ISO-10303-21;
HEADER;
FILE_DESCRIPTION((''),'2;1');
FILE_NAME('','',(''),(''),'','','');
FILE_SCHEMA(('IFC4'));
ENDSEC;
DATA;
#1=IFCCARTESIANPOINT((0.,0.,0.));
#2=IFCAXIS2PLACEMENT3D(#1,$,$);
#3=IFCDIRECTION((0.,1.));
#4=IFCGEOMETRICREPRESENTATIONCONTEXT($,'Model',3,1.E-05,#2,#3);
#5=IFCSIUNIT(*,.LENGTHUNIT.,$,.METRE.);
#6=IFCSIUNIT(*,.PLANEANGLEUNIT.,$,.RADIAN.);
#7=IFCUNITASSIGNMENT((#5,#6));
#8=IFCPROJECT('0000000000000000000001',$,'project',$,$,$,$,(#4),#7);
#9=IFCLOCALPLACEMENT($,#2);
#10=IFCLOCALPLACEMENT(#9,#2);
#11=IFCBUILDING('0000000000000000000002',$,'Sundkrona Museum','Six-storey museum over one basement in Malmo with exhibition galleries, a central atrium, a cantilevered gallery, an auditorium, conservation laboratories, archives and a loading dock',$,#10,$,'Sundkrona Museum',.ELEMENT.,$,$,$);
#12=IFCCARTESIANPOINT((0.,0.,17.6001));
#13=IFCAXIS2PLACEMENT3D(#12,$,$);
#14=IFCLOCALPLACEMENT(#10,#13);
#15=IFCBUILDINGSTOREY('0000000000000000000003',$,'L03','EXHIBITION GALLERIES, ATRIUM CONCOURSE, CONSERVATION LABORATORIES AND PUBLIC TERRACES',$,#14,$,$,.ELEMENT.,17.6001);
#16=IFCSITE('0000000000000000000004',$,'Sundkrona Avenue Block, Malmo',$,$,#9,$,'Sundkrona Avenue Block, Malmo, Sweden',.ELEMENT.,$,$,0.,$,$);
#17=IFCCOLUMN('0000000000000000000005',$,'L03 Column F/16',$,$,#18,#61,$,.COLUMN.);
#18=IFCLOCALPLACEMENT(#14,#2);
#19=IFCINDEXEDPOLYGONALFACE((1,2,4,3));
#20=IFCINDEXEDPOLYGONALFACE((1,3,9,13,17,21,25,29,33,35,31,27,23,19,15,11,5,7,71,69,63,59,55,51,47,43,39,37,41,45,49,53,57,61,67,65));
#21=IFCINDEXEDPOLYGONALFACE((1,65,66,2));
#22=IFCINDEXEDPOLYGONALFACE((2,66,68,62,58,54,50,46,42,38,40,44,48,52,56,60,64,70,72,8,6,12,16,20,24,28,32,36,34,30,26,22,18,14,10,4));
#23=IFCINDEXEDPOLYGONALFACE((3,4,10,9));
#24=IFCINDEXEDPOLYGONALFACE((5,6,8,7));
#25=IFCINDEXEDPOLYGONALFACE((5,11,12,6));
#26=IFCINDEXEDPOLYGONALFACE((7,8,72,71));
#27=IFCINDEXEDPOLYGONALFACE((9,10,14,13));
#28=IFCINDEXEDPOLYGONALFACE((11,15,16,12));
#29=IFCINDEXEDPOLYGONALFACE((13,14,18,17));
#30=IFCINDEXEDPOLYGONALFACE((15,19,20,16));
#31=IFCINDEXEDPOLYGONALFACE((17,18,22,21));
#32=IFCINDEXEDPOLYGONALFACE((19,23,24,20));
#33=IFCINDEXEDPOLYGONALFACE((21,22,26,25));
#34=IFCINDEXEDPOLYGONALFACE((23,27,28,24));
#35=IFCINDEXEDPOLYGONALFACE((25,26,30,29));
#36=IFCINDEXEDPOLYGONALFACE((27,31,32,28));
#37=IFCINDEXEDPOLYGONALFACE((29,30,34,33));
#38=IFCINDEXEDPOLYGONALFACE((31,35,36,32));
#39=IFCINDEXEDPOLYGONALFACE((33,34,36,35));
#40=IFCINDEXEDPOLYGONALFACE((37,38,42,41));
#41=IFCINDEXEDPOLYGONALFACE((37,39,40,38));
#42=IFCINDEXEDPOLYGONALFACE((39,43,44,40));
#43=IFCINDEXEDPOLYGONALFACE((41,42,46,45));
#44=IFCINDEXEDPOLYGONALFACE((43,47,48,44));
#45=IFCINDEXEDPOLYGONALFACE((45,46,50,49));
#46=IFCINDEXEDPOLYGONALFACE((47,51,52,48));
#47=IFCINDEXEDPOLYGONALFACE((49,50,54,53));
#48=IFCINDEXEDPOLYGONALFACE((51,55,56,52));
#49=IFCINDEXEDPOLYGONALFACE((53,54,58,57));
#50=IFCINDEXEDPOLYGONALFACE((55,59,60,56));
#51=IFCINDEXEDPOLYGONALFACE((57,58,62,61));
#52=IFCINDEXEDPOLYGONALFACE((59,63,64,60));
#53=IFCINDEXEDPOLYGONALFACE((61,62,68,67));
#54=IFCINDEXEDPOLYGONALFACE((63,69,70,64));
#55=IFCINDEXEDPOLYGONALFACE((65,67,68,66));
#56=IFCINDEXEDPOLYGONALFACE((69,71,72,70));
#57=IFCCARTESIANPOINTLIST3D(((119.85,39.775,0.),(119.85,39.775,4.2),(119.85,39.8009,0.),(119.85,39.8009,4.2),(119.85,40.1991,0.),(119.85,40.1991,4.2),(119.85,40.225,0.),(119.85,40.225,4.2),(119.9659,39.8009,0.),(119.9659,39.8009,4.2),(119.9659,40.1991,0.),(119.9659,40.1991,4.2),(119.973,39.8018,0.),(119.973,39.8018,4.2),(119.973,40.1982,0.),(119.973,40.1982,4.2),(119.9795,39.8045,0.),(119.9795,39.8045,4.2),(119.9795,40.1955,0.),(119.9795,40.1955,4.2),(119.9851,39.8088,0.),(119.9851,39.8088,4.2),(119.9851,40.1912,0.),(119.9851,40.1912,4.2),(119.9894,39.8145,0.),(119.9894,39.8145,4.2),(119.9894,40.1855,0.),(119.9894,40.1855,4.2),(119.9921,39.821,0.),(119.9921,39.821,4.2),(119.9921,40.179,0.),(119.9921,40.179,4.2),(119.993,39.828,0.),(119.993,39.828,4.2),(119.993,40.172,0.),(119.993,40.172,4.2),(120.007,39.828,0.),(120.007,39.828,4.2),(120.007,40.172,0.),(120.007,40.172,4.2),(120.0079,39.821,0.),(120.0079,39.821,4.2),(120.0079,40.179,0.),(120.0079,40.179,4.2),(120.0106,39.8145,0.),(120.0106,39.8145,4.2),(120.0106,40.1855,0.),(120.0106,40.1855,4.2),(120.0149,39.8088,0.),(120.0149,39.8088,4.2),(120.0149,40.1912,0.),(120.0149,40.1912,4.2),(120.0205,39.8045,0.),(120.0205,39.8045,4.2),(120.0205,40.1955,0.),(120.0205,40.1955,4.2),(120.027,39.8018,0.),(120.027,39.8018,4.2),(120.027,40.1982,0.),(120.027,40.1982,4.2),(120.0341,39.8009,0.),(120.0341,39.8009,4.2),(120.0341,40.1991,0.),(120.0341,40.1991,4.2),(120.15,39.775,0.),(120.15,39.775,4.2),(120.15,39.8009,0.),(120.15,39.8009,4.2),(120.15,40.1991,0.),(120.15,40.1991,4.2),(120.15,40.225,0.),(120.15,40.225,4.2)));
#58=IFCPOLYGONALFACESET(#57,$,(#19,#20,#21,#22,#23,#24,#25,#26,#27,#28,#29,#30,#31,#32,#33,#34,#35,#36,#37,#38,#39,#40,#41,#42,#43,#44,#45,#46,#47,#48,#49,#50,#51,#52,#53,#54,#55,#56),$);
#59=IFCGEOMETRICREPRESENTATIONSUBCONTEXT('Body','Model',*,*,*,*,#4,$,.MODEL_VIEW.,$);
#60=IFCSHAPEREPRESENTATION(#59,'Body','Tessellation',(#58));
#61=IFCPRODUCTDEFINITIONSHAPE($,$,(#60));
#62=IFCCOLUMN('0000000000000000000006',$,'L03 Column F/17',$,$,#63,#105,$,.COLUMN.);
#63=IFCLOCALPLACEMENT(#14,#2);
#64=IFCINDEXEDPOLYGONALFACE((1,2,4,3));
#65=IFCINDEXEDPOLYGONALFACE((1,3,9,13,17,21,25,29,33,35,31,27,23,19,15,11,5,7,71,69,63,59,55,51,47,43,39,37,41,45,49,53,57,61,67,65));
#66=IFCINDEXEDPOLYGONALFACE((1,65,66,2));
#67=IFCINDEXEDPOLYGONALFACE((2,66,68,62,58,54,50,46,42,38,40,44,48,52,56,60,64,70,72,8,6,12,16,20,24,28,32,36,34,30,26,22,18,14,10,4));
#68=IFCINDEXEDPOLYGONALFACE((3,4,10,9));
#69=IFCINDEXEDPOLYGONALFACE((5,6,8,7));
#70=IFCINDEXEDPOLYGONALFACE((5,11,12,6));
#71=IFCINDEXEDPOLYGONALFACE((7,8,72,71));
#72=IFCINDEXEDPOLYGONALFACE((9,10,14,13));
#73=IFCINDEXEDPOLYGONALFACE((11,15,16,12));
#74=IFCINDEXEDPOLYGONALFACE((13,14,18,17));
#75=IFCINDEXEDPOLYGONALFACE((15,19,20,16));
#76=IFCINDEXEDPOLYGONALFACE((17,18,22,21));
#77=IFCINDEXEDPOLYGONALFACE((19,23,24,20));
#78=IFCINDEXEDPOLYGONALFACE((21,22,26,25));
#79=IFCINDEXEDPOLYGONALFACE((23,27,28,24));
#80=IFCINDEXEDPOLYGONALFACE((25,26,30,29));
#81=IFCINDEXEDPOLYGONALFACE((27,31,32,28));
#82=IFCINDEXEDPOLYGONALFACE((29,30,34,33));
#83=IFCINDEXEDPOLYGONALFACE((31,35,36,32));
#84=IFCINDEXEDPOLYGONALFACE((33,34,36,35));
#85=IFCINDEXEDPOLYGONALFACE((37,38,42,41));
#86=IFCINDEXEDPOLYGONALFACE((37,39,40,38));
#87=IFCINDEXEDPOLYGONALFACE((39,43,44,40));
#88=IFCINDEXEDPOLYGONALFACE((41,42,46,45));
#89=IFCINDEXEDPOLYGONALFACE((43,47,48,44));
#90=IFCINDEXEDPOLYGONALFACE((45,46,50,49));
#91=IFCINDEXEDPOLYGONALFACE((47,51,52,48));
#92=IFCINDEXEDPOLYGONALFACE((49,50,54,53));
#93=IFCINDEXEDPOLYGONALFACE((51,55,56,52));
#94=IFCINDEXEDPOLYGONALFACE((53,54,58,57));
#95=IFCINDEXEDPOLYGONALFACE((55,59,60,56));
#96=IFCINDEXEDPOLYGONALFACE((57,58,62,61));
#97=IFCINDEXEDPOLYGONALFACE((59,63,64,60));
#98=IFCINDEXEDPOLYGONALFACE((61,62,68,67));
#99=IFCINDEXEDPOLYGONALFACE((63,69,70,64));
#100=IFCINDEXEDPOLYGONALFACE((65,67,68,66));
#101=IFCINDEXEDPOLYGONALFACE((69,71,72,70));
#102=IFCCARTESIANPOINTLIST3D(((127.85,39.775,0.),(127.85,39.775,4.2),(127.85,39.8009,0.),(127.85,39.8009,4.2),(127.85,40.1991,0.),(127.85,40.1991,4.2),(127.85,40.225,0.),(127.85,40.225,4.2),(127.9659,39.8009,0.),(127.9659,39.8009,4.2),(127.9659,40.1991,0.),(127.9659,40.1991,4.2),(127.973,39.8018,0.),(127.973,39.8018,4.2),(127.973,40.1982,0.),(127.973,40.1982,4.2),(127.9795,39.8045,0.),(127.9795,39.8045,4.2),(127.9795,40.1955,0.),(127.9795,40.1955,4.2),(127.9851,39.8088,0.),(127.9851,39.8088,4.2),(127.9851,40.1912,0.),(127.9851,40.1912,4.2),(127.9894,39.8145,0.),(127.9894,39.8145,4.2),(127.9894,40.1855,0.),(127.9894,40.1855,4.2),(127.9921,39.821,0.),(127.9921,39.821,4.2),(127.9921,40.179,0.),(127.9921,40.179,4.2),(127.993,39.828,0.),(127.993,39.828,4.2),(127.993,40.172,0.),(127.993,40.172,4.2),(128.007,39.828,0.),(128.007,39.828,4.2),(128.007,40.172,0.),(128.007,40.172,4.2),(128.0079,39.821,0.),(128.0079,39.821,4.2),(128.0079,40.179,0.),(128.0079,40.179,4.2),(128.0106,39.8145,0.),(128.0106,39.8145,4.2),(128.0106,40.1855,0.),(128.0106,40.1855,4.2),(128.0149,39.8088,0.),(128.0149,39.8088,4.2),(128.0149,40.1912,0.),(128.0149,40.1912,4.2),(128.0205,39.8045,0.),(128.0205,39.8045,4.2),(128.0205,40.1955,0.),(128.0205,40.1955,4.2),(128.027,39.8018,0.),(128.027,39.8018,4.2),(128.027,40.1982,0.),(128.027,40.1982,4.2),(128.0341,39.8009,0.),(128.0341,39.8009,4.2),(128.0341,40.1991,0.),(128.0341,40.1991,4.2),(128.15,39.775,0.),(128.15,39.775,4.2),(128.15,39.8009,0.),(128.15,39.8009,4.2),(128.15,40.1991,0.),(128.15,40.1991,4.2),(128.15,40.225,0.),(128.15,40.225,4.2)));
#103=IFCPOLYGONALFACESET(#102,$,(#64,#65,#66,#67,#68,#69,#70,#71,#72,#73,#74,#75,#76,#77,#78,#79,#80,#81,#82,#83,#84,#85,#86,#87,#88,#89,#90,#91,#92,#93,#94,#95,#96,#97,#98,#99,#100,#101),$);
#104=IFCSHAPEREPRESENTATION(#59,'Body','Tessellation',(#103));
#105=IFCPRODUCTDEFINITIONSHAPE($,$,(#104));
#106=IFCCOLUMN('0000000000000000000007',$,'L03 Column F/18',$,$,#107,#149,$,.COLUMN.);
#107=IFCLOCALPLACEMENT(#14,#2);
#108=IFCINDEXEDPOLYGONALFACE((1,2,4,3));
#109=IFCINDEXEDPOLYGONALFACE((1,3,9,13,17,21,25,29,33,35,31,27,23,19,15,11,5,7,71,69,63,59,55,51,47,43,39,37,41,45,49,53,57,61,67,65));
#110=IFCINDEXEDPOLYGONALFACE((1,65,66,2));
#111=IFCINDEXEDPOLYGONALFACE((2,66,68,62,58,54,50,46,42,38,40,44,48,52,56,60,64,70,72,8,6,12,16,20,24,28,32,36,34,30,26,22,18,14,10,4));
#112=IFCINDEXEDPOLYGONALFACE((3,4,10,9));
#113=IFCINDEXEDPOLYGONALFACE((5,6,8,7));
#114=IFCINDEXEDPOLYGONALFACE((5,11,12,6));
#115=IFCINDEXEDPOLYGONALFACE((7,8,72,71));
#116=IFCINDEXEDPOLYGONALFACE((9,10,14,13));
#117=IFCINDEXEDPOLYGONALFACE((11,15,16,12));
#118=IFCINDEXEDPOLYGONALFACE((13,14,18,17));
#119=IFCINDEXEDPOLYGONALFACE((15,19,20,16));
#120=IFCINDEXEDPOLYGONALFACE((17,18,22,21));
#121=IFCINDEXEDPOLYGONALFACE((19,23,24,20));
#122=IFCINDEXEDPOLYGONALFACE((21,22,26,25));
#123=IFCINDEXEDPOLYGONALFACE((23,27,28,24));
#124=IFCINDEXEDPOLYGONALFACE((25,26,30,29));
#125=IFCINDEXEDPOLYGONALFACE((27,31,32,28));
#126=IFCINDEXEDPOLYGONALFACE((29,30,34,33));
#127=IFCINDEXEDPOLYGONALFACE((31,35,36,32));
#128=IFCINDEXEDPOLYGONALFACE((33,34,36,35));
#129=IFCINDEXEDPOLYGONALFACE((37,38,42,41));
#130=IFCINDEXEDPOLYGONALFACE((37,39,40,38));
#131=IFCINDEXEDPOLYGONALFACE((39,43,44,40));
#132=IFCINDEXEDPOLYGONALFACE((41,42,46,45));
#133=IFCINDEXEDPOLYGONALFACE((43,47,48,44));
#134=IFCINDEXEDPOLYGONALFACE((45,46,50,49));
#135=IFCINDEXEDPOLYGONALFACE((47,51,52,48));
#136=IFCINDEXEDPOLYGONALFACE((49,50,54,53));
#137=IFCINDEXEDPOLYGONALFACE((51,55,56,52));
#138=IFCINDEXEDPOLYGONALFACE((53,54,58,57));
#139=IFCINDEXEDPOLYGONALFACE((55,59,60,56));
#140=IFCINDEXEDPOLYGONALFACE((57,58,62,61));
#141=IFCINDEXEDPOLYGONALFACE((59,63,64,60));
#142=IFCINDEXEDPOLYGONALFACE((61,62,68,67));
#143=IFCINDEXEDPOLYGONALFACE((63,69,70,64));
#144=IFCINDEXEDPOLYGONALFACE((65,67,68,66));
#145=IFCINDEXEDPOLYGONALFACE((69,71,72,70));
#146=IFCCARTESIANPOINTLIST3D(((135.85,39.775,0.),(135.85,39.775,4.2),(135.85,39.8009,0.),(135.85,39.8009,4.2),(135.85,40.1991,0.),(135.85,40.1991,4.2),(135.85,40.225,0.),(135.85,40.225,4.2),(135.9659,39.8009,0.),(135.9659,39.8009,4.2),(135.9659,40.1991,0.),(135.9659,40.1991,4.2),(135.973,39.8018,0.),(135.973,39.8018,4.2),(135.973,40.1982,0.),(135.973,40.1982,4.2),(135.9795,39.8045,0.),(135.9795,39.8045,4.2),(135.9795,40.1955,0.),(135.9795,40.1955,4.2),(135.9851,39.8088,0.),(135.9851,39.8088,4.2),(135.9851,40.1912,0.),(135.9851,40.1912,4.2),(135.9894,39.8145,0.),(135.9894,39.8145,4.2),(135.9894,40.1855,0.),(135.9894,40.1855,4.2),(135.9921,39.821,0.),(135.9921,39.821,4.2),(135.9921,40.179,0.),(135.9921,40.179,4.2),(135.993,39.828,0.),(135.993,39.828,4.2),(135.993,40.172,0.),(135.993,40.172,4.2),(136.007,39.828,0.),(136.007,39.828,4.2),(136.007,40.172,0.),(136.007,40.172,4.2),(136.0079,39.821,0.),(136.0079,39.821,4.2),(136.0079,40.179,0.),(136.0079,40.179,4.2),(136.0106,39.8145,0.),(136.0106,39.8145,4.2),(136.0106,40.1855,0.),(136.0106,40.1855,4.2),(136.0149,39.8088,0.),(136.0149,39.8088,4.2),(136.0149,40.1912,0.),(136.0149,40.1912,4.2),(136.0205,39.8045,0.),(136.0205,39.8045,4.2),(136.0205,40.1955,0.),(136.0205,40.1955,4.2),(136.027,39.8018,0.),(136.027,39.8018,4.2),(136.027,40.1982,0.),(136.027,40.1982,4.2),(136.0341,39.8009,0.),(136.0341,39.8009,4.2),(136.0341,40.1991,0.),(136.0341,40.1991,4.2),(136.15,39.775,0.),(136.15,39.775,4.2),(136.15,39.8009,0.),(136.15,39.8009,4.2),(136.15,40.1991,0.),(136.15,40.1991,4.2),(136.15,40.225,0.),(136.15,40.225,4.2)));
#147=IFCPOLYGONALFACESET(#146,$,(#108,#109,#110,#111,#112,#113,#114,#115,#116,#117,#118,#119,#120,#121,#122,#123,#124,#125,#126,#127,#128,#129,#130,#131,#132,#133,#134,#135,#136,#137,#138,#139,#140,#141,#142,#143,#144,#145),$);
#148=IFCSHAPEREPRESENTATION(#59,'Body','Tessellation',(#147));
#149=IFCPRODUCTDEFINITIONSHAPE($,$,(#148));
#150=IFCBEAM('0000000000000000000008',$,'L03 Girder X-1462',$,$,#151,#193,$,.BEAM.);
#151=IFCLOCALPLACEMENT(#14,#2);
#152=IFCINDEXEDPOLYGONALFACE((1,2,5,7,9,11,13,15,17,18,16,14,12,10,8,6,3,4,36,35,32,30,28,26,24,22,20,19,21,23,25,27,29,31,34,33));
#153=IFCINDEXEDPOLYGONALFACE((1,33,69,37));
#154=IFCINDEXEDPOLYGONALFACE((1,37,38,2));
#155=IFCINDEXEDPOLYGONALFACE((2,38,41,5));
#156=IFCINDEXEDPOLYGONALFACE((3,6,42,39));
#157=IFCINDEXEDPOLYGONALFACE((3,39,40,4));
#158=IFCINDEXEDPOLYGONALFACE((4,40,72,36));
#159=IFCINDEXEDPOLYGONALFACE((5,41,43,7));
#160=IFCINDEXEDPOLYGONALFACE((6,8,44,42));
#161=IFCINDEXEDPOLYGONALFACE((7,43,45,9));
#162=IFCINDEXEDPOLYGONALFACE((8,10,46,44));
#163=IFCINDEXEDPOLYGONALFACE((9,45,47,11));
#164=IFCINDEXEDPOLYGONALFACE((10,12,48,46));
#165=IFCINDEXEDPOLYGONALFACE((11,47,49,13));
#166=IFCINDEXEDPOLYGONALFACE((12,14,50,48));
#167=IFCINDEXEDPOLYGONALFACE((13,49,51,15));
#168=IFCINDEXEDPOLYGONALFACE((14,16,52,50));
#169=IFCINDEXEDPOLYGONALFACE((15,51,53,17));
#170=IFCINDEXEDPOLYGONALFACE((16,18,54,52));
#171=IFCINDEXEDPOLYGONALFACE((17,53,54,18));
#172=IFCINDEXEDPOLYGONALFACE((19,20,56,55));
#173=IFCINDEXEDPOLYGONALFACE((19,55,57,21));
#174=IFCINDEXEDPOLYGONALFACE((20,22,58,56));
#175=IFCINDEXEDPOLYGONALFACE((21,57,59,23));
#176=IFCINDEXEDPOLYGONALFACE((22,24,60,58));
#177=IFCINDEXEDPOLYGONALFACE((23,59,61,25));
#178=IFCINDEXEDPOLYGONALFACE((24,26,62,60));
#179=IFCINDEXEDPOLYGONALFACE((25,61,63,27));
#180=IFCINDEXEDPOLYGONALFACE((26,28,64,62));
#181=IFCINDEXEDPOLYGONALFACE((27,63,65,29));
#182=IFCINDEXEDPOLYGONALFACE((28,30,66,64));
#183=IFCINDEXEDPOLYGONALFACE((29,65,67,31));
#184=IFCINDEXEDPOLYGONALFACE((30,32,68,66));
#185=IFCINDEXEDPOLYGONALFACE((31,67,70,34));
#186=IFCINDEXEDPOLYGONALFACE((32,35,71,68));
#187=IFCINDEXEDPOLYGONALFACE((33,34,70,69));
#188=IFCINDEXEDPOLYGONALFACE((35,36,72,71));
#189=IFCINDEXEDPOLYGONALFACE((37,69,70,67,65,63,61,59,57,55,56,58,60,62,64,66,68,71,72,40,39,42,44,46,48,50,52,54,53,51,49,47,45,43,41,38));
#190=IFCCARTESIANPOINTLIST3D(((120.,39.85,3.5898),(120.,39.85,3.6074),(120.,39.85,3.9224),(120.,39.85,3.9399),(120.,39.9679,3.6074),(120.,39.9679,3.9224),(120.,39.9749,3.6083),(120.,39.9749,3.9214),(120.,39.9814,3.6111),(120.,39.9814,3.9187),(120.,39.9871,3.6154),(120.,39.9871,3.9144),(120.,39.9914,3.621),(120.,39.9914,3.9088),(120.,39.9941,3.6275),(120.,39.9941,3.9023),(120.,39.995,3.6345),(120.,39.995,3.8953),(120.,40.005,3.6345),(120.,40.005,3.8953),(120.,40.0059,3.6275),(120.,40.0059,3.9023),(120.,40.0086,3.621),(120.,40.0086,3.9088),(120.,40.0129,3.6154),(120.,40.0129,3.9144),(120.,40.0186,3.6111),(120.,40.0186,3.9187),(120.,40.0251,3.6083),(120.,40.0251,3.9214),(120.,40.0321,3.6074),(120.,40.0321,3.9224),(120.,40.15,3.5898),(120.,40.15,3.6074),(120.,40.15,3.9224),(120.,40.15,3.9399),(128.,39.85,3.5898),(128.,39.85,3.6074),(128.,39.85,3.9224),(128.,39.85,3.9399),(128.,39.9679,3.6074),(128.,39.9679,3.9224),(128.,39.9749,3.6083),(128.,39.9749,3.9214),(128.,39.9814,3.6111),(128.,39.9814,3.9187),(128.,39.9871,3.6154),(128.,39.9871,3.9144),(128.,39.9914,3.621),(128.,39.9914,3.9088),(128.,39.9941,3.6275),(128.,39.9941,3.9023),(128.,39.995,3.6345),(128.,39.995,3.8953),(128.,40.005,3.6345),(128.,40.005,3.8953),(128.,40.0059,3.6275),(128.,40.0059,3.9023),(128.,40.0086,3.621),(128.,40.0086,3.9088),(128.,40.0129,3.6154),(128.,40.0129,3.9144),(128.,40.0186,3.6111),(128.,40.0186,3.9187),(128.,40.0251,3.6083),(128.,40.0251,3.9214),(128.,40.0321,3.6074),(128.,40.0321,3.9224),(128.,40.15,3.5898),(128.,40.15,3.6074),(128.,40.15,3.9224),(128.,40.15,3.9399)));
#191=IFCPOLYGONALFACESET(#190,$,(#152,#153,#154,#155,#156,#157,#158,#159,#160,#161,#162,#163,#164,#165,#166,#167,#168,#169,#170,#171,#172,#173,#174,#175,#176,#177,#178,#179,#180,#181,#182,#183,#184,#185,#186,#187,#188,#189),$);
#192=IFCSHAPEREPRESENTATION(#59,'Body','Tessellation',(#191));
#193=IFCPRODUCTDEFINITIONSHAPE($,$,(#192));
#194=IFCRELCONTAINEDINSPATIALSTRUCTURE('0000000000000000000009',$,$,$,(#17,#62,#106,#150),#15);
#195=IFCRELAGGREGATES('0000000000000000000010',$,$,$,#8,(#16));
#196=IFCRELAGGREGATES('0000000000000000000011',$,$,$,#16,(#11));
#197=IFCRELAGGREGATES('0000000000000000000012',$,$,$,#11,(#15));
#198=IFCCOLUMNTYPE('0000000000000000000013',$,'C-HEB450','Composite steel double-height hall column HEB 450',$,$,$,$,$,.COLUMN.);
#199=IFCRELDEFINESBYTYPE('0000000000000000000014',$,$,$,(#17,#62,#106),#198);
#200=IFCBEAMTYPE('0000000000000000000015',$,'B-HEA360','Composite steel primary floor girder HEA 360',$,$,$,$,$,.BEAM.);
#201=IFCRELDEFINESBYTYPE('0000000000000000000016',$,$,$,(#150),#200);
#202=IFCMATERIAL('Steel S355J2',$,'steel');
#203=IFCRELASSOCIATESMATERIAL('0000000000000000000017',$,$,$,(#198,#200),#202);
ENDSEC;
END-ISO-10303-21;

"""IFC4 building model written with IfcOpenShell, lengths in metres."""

from ifc_helpers import new_model, si_unit, direction, frame, origin, origin_2d, place, context, subcontext, project, spatial, i_section, extrude, material, material_profile, profile_set, type_object, element, save


model = new_model("IFC4")

# Units and contexts
model_context = context("Model", 3, precision=1e-05, world=origin(), true_north=direction((0.0, 1.0)))
body_context = subcontext(model_context, "Body", "Model", "MODEL_VIEW")
ifc_project = project(units=[si_unit("LENGTHUNIT", "METRE"), si_unit("PLANEANGLEUNIT", "RADIAN")], contexts=[model_context])

# Site, building, storey
site_placement = place(None, origin())
site = spatial("IfcSite", under=ifc_project, at=site_placement, Name="Sundkrona Avenue Block, Malmo", LongName="Sundkrona Avenue Block, Malmo, Sweden", CompositionType="ELEMENT", RefElevation=0.0)
building_placement = place(site_placement, origin())
building = spatial("IfcBuilding", under=site, at=building_placement, Name="Sundkrona Museum", Description="Six-storey museum over one basement in Malmo with exhibition galleries, a central atrium, a cantilevered gallery, an auditorium, conservation laboratories, archives and a loading dock", LongName="Sundkrona Museum", CompositionType="ELEMENT")
storey_placement = place(building_placement, frame((0.0, 0.0, 17.6001)))
storey = spatial("IfcBuildingStorey", under=building, at=storey_placement, Name="L03", Description="EXHIBITION GALLERIES, ATRIUM CONCOURSE, CONSERVATION LABORATORIES AND PUBLIC TERRACES", CompositionType="ELEMENT", Elevation=17.6001)

# Columns
ifc_material_1 = material(Name="Steel S355J2", Category="steel")
ifc_material_profile_1 = material_profile(ifc_material_1, i_section(OverallWidth=0.3, OverallDepth=0.45, WebThickness=0.0139, FlangeThickness=0.0259, FilletRadius=0.0271, at=origin_2d()), Name="HEB 450")
ifc_profile_set_1 = profile_set([ifc_material_profile_1], Name="Steel S355J2")
column_type = type_object("IfcColumnType", Name="C-HEB450", Description="Composite steel double-height hall column HEB 450", PredefinedType="COLUMN", material=ifc_profile_set_1)
for number, where, z_axis, x_axis, name in (
    (1, (120.0, 40.0, 0.0), (0.0, 0.0, 1.0), (1.0, 0.0, 0.0), "L03 Column F/16"),
    (2, (128.0, 40.0, 0.0), (0.0, 0.0, 1.0), (1.0, 0.0, 0.0), "L03 Column F/17"),
    (3, (136.0, 40.0, 0.0), (0.0, 0.0, 1.0), (1.0, 0.0, 0.0), "L03 Column F/18"),
):
    element("IfcColumn", number, at=place(storey_placement, frame(where, z_axis=z_axis, x_axis=x_axis)), inside=storey, type_object=column_type, Name=name, PredefinedType="COLUMN", context=body_context, shape_type="SweptSolid", body=[
        extrude(i_section(OverallWidth=0.3, OverallDepth=0.45, WebThickness=0.0139, FlangeThickness=0.0259, FilletRadius=0.0271, at=origin_2d()), origin(), (0.0, 0.0, 1.0), 4.2),
    ])

# Beam
ifc_material_profile_2 = material_profile(ifc_material_1, i_section(OverallWidth=0.3, OverallDepth=0.3501, WebThickness=0.01, FlangeThickness=0.0176, FilletRadius=0.0271, at=origin_2d()), Name="HEA 360")
ifc_profile_set_2 = profile_set([ifc_material_profile_2], Name="Steel S355J2")
beam_type_1 = type_object("IfcBeamType", Name="B-HEA360", Description="Composite steel primary floor girder HEA 360", PredefinedType="BEAM", material=ifc_profile_set_2)
for number, where, z_axis, x_axis, name in (
    (4, (120.0, 40.0, 3.7649), (1.0, 0.0, 0.0), (0.0, 1.0, 0.0), "L03 Girder X-1462"),
):
    element("IfcBeam", number, at=place(storey_placement, frame(where, z_axis=z_axis, x_axis=x_axis)), inside=storey, type_object=beam_type_1, Name=name, PredefinedType="BEAM", context=body_context, shape_type="SweptSolid", body=[
        extrude(i_section(OverallWidth=0.3, OverallDepth=0.3501, WebThickness=0.01, FlangeThickness=0.0176, FilletRadius=0.0271, at=origin_2d()), origin(), (0.0, 0.0, 1.0), 8.0),
    ])

save(model, "model.ifc")
